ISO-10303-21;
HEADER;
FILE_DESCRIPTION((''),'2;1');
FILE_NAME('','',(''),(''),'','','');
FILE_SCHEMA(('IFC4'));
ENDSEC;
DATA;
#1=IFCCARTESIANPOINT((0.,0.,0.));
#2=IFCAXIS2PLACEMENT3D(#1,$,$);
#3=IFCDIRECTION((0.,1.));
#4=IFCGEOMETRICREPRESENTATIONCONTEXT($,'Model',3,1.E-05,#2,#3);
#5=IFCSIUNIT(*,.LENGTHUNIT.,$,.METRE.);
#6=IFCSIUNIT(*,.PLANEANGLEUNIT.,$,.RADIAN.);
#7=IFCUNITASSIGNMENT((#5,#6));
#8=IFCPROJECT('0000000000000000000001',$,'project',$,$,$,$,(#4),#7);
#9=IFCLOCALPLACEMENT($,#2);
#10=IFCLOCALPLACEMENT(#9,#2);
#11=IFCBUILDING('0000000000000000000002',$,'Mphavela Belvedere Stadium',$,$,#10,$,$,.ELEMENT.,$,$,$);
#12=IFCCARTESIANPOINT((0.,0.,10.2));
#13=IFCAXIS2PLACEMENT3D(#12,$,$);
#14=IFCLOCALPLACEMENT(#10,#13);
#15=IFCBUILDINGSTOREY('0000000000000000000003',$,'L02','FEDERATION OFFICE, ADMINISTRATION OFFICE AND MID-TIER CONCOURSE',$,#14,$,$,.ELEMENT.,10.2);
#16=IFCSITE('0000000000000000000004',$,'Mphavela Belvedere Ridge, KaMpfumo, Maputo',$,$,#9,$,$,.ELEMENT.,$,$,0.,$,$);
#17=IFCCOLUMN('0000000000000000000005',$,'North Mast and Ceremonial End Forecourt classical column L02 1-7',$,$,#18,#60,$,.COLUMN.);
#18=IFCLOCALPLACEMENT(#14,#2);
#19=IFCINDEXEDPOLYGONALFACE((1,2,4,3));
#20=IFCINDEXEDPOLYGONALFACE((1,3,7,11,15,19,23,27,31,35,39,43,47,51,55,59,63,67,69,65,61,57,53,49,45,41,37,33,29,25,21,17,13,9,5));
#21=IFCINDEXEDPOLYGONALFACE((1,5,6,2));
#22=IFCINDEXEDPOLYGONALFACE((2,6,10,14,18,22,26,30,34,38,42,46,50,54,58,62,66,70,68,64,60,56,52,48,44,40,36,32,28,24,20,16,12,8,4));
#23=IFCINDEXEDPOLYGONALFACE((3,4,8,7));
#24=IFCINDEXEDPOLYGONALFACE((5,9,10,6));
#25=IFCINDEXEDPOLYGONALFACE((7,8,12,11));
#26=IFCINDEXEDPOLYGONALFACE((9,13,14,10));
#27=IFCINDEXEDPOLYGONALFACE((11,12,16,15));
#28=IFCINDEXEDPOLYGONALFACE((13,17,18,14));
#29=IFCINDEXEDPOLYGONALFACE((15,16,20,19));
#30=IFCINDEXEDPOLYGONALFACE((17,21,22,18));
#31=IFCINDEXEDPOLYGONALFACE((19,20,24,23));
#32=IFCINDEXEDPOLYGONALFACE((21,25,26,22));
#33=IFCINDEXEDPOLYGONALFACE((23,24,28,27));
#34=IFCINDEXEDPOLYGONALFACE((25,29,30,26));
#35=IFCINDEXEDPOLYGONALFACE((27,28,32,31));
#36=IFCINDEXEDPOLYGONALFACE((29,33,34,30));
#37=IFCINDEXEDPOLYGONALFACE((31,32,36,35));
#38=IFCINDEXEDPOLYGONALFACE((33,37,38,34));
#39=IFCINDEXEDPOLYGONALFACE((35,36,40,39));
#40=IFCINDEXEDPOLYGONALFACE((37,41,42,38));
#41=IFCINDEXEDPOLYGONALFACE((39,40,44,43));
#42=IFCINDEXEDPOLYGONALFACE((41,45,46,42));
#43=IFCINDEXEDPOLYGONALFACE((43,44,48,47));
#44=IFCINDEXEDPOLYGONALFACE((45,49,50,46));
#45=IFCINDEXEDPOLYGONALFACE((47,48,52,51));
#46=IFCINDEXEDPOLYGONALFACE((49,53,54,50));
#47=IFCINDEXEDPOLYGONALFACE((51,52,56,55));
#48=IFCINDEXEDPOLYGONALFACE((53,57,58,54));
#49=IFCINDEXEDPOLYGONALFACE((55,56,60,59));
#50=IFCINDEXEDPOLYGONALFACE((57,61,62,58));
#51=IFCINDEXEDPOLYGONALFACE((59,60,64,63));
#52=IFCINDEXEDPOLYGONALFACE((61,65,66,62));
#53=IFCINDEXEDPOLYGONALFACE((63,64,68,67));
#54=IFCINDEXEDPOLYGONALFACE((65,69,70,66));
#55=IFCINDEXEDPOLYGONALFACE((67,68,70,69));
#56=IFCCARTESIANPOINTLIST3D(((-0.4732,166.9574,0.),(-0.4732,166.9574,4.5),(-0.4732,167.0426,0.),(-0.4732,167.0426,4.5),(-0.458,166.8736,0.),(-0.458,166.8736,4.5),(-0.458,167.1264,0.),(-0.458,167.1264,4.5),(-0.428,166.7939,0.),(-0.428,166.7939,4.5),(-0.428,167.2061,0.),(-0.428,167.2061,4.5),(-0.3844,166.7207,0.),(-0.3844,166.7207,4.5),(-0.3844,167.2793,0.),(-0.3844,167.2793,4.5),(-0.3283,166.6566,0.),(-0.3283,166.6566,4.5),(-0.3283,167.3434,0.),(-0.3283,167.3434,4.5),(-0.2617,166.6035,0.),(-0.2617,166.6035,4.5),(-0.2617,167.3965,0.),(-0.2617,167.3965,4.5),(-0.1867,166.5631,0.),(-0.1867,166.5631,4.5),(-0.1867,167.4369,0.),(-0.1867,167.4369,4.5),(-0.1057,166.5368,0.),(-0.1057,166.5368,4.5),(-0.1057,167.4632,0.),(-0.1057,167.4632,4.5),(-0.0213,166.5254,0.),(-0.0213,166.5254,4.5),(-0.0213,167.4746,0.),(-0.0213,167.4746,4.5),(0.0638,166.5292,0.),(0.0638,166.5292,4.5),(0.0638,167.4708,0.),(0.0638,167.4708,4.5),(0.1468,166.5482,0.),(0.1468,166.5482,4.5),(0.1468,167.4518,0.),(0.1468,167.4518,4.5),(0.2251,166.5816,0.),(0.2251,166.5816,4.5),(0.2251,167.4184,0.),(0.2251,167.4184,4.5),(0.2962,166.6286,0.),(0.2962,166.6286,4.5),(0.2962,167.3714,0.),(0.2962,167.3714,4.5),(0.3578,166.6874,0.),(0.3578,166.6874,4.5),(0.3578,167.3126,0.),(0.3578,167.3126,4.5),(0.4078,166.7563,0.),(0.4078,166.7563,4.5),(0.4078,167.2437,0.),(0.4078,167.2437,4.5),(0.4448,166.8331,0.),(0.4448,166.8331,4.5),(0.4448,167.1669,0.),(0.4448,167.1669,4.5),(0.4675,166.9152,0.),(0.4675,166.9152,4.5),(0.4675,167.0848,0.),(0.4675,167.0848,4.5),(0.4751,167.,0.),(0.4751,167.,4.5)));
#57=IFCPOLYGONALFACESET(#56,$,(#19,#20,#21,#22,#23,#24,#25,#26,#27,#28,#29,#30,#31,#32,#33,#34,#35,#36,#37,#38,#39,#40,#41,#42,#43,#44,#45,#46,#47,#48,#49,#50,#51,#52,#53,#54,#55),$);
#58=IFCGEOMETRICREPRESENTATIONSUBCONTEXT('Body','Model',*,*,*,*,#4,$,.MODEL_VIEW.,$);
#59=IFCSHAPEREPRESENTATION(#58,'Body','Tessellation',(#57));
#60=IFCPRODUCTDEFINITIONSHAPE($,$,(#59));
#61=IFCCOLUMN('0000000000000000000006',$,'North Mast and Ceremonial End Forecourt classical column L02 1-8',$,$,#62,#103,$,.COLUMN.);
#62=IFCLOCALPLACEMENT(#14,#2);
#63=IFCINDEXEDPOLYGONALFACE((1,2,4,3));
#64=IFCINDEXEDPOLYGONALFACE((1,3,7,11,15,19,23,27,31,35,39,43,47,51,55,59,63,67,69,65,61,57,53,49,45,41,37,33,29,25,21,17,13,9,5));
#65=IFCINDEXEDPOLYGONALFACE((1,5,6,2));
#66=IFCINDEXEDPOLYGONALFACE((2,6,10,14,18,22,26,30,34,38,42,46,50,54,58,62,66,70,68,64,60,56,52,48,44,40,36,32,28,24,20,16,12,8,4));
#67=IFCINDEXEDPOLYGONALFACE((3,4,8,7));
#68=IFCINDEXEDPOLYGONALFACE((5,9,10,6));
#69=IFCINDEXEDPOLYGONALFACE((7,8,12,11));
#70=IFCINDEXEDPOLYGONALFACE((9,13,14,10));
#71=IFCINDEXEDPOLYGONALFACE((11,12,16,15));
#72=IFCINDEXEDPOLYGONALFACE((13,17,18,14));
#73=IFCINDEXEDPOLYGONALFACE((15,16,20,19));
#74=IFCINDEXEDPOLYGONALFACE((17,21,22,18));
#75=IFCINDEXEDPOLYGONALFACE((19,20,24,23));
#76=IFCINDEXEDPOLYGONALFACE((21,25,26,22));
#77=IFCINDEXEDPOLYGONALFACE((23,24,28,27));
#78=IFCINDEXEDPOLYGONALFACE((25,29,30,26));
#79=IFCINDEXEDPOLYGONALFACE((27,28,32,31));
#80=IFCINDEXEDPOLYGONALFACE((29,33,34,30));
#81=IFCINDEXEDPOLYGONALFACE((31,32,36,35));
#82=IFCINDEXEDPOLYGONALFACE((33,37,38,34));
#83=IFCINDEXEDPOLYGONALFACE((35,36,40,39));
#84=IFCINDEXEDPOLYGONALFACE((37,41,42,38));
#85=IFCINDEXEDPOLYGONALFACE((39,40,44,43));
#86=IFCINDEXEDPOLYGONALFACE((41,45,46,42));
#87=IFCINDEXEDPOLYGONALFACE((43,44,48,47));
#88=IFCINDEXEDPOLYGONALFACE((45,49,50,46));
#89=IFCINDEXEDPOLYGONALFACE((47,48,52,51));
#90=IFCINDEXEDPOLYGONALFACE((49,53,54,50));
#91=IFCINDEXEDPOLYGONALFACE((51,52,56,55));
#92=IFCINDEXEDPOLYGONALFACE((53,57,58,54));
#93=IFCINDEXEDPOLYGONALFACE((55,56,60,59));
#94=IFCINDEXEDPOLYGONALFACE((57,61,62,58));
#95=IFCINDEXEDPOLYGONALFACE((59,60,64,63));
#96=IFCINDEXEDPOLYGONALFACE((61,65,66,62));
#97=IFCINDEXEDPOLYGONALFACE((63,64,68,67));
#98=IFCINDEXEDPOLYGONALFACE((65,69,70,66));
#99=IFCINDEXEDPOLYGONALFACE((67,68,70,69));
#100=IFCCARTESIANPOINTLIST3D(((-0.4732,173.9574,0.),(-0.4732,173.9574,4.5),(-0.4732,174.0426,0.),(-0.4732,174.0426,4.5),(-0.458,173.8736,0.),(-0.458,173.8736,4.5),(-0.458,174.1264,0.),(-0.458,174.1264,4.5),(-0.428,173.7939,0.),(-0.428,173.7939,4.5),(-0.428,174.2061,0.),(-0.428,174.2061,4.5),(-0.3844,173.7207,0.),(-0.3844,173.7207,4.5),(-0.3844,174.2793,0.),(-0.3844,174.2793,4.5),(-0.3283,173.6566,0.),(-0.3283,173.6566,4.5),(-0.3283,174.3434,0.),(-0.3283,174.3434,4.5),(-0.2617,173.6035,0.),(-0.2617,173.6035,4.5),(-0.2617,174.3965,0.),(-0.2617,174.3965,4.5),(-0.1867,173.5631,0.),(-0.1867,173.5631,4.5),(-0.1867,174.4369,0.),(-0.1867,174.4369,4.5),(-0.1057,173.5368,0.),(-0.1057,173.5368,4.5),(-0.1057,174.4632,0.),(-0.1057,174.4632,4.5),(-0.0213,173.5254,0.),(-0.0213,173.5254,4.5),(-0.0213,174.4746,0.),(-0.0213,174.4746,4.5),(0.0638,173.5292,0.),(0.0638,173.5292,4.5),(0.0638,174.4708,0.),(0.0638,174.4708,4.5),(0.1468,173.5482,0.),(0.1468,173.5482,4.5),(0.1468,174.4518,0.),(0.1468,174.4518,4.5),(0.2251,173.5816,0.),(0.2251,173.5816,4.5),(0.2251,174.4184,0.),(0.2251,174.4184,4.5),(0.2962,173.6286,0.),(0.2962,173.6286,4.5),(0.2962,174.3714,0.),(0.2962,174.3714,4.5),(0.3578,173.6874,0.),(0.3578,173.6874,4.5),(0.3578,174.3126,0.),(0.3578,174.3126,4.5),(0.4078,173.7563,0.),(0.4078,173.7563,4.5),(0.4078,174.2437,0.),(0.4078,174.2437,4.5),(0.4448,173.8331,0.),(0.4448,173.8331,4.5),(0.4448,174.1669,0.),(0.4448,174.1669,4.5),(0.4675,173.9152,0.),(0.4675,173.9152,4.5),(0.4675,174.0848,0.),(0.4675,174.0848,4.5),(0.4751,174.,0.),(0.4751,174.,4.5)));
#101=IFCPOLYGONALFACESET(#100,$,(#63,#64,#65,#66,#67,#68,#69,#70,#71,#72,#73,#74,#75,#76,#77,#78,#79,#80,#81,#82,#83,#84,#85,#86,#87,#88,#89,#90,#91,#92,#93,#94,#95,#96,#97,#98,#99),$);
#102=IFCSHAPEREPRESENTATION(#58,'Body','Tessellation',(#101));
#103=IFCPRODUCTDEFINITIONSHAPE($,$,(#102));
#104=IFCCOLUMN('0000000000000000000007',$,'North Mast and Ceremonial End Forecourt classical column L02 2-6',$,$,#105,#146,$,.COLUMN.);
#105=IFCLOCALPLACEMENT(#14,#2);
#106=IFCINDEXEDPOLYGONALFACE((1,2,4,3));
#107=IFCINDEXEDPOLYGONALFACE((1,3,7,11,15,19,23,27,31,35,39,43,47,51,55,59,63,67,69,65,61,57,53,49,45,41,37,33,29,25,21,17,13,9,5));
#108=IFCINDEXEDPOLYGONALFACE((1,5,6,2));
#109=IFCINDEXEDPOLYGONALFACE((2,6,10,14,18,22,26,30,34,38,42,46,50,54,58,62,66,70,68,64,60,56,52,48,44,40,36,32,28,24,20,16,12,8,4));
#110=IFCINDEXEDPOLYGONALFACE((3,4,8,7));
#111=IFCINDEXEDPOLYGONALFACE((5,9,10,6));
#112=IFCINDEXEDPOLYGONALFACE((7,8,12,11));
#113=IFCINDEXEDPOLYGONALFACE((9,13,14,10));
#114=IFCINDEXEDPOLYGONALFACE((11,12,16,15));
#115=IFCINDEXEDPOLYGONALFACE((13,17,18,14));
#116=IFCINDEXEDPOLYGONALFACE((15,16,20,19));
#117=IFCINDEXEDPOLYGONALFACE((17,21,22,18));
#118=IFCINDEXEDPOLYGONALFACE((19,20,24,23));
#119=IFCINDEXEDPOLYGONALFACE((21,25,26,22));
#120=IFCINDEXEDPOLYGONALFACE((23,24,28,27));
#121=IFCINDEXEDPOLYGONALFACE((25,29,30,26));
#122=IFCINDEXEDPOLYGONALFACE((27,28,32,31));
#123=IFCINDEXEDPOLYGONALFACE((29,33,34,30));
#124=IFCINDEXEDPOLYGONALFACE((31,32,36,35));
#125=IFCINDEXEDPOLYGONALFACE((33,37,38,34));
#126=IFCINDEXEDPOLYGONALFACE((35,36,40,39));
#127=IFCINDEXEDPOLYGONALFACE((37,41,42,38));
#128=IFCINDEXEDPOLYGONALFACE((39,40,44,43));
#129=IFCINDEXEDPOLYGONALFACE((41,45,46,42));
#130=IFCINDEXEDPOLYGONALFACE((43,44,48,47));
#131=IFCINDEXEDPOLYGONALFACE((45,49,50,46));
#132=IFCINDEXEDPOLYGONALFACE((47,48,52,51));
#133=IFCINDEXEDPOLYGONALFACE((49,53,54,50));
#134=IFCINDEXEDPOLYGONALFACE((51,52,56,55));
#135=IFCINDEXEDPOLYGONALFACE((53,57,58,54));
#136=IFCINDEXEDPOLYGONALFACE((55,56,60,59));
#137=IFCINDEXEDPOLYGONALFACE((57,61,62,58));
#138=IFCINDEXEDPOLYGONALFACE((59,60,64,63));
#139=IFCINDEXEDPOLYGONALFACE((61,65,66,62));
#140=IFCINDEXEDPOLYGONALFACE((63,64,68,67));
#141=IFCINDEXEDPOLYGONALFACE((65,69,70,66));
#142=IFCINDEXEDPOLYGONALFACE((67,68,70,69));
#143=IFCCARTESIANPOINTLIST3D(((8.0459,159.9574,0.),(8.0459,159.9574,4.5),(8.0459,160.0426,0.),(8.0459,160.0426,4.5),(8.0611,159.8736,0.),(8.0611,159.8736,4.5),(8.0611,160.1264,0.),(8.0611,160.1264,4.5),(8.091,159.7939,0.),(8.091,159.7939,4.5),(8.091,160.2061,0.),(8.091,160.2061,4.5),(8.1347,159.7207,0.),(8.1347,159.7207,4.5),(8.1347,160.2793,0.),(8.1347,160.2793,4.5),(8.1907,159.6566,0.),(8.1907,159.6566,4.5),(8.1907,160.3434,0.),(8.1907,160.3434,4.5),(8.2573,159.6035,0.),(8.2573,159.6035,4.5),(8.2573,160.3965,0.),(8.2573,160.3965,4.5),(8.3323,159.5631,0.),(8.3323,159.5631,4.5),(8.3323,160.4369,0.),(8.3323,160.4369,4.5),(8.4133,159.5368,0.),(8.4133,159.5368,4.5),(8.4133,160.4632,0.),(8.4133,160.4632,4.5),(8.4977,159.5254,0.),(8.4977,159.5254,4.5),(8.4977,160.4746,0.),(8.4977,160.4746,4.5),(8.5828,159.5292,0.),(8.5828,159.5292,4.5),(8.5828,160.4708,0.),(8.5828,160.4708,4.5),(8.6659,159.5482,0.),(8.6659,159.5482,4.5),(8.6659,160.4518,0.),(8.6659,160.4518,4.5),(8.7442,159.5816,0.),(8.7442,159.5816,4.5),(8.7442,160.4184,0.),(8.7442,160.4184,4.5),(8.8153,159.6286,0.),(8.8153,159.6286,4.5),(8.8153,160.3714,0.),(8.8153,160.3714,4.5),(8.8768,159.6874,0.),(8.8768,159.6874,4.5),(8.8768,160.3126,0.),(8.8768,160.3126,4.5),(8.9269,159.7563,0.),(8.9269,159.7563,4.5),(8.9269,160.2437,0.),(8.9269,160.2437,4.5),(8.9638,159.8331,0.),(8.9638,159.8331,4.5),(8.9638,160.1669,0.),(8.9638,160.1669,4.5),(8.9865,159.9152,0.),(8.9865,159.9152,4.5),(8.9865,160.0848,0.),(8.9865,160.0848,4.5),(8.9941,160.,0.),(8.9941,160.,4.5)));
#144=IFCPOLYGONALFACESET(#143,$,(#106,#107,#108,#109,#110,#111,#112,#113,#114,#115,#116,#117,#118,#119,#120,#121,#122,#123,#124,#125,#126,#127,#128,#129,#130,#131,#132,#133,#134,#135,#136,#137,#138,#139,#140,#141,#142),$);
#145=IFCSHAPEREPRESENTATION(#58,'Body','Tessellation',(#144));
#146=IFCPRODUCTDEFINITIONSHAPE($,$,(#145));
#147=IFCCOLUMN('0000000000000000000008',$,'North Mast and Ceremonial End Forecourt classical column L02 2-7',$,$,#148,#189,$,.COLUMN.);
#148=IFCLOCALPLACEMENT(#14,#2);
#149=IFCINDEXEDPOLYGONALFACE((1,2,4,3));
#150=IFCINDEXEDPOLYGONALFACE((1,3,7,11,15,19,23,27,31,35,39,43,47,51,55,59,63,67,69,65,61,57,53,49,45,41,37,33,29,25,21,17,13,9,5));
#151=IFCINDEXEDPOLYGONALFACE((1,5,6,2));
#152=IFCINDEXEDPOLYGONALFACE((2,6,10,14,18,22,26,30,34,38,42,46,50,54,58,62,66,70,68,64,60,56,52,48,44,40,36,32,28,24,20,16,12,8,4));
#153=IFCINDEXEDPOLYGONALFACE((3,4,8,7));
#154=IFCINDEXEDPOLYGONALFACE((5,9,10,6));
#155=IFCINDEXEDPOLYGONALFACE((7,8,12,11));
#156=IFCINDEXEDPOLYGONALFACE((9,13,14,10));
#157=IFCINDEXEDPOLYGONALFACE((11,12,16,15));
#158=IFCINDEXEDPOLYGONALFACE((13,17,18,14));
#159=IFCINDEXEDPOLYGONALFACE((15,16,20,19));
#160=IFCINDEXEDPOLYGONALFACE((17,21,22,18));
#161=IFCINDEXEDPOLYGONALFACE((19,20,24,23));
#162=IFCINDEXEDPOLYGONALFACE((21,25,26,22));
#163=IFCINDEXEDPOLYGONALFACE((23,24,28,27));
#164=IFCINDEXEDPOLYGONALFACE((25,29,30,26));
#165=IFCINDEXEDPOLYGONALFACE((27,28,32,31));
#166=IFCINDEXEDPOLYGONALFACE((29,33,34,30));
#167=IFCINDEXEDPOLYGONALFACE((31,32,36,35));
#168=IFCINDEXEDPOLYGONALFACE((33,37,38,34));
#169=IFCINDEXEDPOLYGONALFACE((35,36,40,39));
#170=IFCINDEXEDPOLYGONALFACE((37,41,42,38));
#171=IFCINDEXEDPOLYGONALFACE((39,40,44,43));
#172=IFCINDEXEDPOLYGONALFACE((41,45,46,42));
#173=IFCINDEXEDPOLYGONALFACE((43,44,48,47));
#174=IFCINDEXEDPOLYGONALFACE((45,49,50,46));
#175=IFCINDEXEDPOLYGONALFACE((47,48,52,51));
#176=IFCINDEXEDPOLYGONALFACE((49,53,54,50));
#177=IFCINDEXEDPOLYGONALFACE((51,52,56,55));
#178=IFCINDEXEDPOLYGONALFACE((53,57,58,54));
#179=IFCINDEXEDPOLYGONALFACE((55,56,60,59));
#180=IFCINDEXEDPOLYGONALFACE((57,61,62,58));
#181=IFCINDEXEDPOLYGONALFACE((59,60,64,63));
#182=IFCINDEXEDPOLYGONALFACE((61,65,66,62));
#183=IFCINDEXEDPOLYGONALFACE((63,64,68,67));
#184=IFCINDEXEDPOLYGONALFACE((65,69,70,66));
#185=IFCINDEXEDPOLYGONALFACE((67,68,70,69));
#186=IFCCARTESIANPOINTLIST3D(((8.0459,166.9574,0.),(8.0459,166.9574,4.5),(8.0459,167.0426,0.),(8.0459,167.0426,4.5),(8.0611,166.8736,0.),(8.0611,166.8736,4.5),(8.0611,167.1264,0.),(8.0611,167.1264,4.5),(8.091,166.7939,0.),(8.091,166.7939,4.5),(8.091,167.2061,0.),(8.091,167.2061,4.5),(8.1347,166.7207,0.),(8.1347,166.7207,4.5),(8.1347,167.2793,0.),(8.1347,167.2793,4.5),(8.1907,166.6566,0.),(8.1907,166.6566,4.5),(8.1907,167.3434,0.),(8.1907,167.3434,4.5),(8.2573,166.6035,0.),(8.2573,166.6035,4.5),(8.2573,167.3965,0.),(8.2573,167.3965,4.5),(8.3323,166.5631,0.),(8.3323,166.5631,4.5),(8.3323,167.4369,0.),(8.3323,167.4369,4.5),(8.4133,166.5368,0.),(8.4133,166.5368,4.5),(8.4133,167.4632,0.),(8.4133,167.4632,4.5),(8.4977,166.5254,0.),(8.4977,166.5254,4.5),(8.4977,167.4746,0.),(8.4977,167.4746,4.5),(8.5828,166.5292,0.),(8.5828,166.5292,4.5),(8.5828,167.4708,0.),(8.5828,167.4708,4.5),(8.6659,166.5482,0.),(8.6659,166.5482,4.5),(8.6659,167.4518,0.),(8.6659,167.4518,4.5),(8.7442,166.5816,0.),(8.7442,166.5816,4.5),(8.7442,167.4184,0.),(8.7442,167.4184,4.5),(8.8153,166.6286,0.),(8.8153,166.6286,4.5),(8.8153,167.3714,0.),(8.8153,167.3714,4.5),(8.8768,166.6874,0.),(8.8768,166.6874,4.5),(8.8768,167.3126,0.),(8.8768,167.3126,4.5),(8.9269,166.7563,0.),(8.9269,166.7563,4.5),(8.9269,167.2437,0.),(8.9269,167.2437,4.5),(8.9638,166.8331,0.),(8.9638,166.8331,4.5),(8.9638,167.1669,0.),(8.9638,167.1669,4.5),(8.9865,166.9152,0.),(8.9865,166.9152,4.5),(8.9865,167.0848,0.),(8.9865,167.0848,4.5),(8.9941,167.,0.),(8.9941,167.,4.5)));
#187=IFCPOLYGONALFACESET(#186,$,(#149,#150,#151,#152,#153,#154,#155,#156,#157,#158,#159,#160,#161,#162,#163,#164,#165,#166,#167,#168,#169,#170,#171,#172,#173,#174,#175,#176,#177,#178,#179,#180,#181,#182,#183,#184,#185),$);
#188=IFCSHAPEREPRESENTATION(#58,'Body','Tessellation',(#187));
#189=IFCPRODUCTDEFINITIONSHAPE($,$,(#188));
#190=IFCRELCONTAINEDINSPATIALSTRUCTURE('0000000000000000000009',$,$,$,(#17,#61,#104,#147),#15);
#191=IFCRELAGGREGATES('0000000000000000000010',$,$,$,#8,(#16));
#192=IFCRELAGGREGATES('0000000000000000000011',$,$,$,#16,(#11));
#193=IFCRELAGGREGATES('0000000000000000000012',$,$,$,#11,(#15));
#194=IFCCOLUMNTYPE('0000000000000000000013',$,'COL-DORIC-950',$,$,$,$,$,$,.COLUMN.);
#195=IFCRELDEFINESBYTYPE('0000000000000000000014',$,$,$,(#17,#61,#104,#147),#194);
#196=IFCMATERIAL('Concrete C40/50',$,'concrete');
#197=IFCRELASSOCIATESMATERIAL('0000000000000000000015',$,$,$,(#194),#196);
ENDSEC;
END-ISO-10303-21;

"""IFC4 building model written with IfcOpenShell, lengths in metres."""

from ifc_helpers import new_model, si_unit, direction, frame, origin, origin_2d, place, context, subcontext, project, spatial, circle, extrude, material, material_profile, profile_set, type_object, element, save


model = new_model("IFC4")

# Units and contexts
model_context = context("Model", 3, precision=1e-05, world=origin(), true_north=direction((0.0, 1.0)))
body_context = subcontext(model_context, "Body", "Model", "MODEL_VIEW")
ifc_project = project(units=[si_unit("LENGTHUNIT", "METRE"), si_unit("PLANEANGLEUNIT", "RADIAN")], contexts=[model_context])

# Site, building, storey
site_placement = place(None, origin())
site = spatial("IfcSite", under=ifc_project, at=site_placement, Name="Mphavela Belvedere Ridge, KaMpfumo, Maputo", CompositionType="ELEMENT", RefElevation=0.0)
building_placement = place(site_placement, origin())
building = spatial("IfcBuilding", under=site, at=building_placement, Name="Mphavela Belvedere Stadium", CompositionType="ELEMENT")
storey_placement = place(building_placement, frame((0.0, 0.0, 10.2)))
storey = spatial("IfcBuildingStorey", under=building, at=storey_placement, Name="L02", Description="FEDERATION OFFICE, ADMINISTRATION OFFICE AND MID-TIER CONCOURSE", CompositionType="ELEMENT", Elevation=10.2)

# Columns
ifc_material_1 = material(Name="Concrete C40/50", Category="concrete")
ifc_material_profile_1 = material_profile(ifc_material_1, circle(Radius=0.4751, at=origin_2d()), Name="COL D950")
ifc_profile_set_1 = profile_set([ifc_material_profile_1], Name="Concrete C40/50")
column_type = type_object("IfcColumnType", Name="COL-DORIC-950", PredefinedType="COLUMN", material=ifc_profile_set_1)
for number, where, z_axis, x_axis, name in (
    (1, (0.0, 167.0, 0.0), (0.0, 0.0, 1.0), (1.0, 0.0, 0.0), "North Mast and Ceremonial End Forecourt classical column L02 1-7"),
    (2, (0.0, 174.0, 0.0), (0.0, 0.0, 1.0), (1.0, 0.0, 0.0), "North Mast and Ceremonial End Forecourt classical column L02 1-8"),
    (3, (8.519, 160.0, 0.0), (0.0, 0.0, 1.0), (1.0, 0.0, 0.0), "North Mast and Ceremonial End Forecourt classical column L02 2-6"),
    (4, (8.519, 167.0, 0.0), (0.0, 0.0, 1.0), (1.0, 0.0, 0.0), "North Mast and Ceremonial End Forecourt classical column L02 2-7"),
):
    element("IfcColumn", number, at=place(storey_placement, frame(where, z_axis=z_axis, x_axis=x_axis)), inside=storey, type_object=column_type, Name=name, PredefinedType="COLUMN", context=body_context, shape_type="SweptSolid", body=[
        extrude(circle(Radius=0.4751, at=origin_2d()), origin(), (0.0, 0.0, 1.0), 4.5),
    ])

save(model, "model.ifc")
